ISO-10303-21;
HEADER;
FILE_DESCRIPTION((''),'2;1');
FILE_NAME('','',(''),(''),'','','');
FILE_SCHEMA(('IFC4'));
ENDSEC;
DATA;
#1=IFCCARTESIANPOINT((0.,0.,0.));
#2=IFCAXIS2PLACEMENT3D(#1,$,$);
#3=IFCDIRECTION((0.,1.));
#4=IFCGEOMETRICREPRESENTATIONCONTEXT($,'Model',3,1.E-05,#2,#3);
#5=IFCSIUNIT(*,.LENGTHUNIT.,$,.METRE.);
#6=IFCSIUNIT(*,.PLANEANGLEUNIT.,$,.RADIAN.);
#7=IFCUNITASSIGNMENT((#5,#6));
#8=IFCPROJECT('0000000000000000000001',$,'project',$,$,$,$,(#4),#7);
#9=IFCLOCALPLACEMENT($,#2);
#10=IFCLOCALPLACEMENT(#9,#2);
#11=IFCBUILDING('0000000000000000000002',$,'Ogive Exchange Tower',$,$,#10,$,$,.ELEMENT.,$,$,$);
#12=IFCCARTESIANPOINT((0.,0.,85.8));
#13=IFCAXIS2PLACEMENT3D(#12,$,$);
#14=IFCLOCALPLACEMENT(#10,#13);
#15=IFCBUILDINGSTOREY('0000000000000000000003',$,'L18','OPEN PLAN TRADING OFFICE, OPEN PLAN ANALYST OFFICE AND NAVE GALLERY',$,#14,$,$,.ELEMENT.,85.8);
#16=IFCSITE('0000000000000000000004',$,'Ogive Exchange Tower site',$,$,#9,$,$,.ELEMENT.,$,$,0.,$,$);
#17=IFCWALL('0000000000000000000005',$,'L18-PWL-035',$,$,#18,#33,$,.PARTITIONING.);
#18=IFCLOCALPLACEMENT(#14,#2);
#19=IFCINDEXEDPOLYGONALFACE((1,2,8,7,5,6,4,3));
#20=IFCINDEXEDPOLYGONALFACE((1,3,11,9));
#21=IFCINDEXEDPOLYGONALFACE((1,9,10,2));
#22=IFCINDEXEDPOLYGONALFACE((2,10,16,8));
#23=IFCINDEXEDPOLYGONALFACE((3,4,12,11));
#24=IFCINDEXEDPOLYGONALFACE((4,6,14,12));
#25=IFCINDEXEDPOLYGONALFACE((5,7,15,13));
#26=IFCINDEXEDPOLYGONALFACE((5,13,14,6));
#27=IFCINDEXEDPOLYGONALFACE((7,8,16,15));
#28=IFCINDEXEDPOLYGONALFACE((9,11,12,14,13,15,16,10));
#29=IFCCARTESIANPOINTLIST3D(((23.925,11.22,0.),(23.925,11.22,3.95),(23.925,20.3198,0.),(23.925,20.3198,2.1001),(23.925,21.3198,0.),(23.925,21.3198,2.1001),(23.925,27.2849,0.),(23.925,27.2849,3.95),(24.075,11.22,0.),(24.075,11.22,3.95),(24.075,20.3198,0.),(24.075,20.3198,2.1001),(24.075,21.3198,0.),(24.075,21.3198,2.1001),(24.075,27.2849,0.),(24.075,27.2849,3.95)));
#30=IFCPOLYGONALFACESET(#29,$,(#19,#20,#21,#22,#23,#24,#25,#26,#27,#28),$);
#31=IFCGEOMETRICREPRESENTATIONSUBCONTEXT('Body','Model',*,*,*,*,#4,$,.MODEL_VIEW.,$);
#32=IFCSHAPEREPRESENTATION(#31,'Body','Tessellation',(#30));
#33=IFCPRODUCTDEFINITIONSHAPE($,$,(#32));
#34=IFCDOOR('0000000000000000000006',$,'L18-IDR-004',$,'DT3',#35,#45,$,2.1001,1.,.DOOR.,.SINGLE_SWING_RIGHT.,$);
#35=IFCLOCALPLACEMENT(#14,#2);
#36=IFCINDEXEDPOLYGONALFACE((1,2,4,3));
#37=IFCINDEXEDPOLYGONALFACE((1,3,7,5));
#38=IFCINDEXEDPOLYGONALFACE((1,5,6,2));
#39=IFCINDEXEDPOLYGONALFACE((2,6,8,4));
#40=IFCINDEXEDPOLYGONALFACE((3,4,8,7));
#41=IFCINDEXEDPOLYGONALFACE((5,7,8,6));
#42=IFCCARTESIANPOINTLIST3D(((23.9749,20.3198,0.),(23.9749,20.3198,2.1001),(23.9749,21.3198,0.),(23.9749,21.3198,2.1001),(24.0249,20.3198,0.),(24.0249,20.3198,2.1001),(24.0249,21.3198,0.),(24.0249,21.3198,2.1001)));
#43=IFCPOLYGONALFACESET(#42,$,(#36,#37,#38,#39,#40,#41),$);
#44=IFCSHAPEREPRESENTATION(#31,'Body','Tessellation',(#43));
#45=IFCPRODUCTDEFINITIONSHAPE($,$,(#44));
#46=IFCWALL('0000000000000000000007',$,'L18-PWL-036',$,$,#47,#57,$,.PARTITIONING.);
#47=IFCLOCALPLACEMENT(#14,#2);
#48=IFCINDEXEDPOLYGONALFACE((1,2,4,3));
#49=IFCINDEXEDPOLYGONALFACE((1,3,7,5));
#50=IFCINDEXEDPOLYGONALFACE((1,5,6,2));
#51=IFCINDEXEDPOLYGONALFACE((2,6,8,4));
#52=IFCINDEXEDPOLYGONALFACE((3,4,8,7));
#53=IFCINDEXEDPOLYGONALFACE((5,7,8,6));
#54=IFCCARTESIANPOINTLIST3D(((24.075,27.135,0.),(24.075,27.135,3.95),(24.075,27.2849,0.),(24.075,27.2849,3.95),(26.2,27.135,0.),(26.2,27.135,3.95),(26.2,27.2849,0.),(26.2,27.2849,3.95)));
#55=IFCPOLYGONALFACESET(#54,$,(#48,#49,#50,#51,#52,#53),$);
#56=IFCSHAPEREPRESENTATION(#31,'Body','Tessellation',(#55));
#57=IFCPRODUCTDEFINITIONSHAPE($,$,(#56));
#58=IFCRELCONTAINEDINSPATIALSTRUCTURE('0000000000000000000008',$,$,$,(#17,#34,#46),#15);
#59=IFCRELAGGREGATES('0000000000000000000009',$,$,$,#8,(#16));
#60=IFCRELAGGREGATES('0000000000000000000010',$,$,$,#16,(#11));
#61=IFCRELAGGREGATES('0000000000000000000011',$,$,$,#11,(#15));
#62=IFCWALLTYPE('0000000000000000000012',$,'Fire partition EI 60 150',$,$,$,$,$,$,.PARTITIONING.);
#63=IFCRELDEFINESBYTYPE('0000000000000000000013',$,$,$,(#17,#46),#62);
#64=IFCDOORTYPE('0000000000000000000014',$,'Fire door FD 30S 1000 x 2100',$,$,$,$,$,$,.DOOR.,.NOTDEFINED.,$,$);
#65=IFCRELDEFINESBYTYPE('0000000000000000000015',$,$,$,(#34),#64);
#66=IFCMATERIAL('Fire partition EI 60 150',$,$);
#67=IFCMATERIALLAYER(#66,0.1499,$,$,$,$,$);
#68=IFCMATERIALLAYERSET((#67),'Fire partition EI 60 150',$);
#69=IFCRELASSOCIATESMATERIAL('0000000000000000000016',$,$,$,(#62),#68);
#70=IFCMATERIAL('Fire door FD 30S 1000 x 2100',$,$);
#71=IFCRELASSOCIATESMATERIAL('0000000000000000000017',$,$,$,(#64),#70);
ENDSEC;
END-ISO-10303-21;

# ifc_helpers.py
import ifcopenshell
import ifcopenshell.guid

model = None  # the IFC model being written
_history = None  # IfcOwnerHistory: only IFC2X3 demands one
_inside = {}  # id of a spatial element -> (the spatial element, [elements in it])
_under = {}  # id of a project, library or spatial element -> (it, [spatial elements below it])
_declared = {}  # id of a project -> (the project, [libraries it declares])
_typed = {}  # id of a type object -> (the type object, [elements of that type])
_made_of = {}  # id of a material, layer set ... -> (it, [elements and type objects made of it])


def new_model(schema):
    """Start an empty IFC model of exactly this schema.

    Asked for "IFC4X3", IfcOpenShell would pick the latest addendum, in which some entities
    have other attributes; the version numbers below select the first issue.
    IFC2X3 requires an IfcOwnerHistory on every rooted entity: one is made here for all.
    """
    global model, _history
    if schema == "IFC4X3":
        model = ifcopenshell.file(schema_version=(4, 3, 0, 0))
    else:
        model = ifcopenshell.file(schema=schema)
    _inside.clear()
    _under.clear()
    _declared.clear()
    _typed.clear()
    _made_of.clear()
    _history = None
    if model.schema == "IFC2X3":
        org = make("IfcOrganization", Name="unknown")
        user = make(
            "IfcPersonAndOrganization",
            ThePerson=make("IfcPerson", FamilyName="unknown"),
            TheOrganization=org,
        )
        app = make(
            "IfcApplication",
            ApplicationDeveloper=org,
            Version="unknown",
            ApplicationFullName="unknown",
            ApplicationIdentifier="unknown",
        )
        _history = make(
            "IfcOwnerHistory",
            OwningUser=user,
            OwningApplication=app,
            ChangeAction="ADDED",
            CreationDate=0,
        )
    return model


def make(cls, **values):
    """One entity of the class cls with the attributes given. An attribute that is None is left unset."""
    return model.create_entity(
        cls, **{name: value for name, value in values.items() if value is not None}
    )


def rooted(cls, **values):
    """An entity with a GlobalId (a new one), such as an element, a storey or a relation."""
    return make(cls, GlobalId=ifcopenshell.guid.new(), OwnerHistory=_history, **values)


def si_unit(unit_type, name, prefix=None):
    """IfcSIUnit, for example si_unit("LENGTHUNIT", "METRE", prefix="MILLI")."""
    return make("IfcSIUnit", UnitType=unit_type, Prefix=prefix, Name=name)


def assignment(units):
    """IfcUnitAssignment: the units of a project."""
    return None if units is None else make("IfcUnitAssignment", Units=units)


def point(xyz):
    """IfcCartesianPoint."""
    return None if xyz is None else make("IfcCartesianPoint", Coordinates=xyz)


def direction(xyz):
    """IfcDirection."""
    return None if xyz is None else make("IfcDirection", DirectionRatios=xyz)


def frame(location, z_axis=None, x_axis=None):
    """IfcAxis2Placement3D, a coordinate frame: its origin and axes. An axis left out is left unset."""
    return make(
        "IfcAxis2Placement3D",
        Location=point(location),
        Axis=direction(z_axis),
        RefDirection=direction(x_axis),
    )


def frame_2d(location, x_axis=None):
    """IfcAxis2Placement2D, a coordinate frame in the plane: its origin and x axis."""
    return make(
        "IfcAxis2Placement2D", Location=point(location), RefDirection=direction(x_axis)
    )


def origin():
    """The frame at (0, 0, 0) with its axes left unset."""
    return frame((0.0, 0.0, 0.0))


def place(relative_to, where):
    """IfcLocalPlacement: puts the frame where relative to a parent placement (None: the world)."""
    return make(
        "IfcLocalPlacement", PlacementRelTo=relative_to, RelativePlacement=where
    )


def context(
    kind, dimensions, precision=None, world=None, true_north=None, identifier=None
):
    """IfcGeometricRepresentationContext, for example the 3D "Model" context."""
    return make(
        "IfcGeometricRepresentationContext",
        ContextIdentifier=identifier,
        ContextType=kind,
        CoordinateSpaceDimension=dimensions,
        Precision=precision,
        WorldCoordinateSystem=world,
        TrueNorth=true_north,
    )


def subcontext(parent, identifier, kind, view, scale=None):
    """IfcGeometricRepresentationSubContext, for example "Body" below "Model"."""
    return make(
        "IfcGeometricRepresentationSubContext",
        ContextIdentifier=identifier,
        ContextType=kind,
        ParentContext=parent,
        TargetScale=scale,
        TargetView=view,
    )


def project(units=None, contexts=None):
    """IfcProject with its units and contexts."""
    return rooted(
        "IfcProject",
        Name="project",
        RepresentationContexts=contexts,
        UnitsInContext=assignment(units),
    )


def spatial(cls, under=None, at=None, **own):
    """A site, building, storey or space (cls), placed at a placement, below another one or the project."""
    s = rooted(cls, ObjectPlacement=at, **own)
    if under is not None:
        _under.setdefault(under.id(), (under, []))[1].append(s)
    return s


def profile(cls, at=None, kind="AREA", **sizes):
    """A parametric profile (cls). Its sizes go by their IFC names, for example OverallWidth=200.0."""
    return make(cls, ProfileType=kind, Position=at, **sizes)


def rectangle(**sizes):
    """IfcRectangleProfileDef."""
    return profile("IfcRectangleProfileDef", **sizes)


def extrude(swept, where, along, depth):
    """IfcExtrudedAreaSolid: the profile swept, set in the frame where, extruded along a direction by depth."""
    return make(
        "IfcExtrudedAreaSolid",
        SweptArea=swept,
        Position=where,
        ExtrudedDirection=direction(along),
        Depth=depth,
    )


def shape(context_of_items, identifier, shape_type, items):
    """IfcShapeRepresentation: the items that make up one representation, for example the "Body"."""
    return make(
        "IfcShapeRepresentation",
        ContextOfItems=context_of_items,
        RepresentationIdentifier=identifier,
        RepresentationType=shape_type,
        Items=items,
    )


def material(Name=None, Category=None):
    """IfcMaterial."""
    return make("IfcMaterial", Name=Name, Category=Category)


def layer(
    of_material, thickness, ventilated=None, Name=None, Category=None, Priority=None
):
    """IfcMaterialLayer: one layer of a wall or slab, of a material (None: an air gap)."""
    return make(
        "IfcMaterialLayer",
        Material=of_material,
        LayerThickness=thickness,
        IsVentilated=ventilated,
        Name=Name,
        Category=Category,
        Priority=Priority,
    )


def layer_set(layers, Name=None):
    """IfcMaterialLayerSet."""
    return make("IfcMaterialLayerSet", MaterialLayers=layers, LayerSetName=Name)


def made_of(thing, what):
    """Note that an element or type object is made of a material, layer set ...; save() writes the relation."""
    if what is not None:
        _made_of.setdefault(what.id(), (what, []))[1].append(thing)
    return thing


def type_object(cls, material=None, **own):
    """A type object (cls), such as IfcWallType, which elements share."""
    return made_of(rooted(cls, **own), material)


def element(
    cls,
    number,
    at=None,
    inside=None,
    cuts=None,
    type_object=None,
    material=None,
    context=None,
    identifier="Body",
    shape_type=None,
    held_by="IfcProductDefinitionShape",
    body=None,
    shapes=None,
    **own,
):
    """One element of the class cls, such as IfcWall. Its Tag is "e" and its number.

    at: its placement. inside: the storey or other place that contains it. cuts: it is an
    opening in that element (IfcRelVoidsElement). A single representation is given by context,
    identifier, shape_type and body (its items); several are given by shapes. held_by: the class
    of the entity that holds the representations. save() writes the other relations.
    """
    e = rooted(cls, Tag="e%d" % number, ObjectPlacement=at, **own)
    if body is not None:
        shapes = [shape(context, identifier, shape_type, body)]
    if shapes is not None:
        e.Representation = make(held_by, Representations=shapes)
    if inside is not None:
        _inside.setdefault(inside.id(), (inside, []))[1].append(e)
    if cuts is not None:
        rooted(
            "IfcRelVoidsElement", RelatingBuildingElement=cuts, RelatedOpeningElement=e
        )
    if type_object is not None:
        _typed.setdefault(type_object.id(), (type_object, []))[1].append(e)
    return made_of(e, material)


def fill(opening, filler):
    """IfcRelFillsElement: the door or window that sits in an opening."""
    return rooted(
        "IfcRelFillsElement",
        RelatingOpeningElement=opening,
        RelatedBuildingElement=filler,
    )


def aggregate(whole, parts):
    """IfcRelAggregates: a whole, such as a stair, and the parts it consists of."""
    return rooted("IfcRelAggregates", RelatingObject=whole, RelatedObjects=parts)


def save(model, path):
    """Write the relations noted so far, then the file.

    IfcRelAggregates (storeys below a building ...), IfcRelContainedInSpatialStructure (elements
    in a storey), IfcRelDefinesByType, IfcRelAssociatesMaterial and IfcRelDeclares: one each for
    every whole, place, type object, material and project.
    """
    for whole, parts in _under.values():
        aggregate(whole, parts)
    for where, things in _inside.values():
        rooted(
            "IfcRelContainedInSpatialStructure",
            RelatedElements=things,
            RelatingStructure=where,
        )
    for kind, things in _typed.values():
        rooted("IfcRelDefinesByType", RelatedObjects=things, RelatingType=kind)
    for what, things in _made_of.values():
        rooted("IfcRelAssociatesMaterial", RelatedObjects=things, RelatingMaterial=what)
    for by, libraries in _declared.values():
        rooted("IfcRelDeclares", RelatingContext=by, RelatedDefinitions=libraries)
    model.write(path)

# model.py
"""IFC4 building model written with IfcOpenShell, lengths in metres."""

from ifc_helpers import new_model, si_unit, direction, frame, frame_2d, origin, place, context, subcontext, project, spatial, rectangle, extrude, material, layer, layer_set, type_object, element, fill, save


model = new_model("IFC4")

# Units and contexts
model_context = context("Model", 3, precision=1e-05, world=origin(), true_north=direction((0.0, 1.0)))
body_context = subcontext(model_context, "Body", "Model", "MODEL_VIEW")
ifc_project = project(units=[si_unit("LENGTHUNIT", "METRE"), si_unit("PLANEANGLEUNIT", "RADIAN")], contexts=[model_context])

# Site, building, storey
site_placement = place(None, origin())
site = spatial("IfcSite", under=ifc_project, at=site_placement, Name="Ogive Exchange Tower site", CompositionType="ELEMENT", RefElevation=0.0)
building_placement = place(site_placement, origin())
building = spatial("IfcBuilding", under=site, at=building_placement, Name="Ogive Exchange Tower", CompositionType="ELEMENT")
storey_placement = place(building_placement, frame((0.0, 0.0, 85.8)))
storey = spatial("IfcBuildingStorey", under=building, at=storey_placement, Name="L18", Description="OPEN PLAN TRADING OFFICE, OPEN PLAN ANALYST OFFICE AND NAVE GALLERY", CompositionType="ELEMENT", Elevation=85.8)

# Wall, opening, door
ifc_material_1 = material(Name="Fire partition EI 60 150")
ifc_layer_1 = layer(ifc_material_1, 0.1499)
ifc_layer_set_1 = layer_set([ifc_layer_1], Name="Fire partition EI 60 150")
wall_type_1 = type_object("IfcWallType", Name="Fire partition EI 60 150", PredefinedType="PARTITIONING", material=ifc_layer_set_1)
wall_1_placement = place(storey_placement, frame((24.0, 27.2849, 0.0), z_axis=(0.0, 0.0, 1.0), x_axis=(0.0, -1.0, 0.0)))
wall_1 = element("IfcWall", 1, at=wall_1_placement, inside=storey, type_object=wall_type_1, Name="L18-PWL-035", PredefinedType="PARTITIONING", context=body_context, shape_type="SweptSolid", body=[
    extrude(rectangle(XDim=16.0649, YDim=0.1499, at=frame_2d((8.0325, 0.0))), origin(), (0.0, 0.0, 1.0), 3.95),
])
opening_1_placement = place(wall_1_placement, frame((5.9651, 0.0, 0.0)))
opening_1 = element("IfcOpeningElement", 2, at=opening_1_placement, cuts=wall_1, PredefinedType="OPENING", context=body_context, shape_type="SweptSolid", body=[
    extrude(rectangle(XDim=1.0, YDim=2.1001, at=frame_2d((0.5, 1.05))), frame((0.0, 0.085, 0.0), z_axis=(0.0, -1.0, 0.0), x_axis=(1.0, 0.0, 0.0)), (0.0, 0.0, 1.0), 0.1699),
])
ifc_material_2 = material(Name="Fire door FD 30S 1000 x 2100")
door_type_1 = type_object("IfcDoorType", Name="Fire door FD 30S 1000 x 2100", OperationType="NOTDEFINED", PredefinedType="DOOR", material=ifc_material_2)
door_1_placement = place(opening_1_placement, origin())
door_1 = element("IfcDoor", 3, at=door_1_placement, inside=storey, type_object=door_type_1, Name="L18-IDR-004", ObjectType="DT3", OperationType="SINGLE_SWING_RIGHT", OverallHeight=2.1001, OverallWidth=1.0, PredefinedType="DOOR", context=body_context, shape_type="SweptSolid", body=[
    extrude(rectangle(XDim=1.0, YDim=2.1001, at=frame_2d((0.5, 1.05))), frame((0.0, 0.0249, 0.0), z_axis=(0.0, -1.0, 0.0), x_axis=(1.0, 0.0, 0.0)), (0.0, 0.0, 1.0), 0.05),
])
fill(opening_1, door_1)

# Wall
wall_2_placement = place(storey_placement, frame((26.2, 27.21, 0.0), z_axis=(0.0, 0.0, 1.0), x_axis=(-1.0, 0.0, 0.0)))
element("IfcWall", 4, at=wall_2_placement, inside=storey, type_object=wall_type_1, Name="L18-PWL-036", PredefinedType="PARTITIONING", context=body_context, shape_type="SweptSolid", body=[
    extrude(rectangle(XDim=2.125, YDim=0.1499, at=frame_2d((1.0625, 0.0))), origin(), (0.0, 0.0, 1.0), 3.95),
])

save(model, "model.ifc")
